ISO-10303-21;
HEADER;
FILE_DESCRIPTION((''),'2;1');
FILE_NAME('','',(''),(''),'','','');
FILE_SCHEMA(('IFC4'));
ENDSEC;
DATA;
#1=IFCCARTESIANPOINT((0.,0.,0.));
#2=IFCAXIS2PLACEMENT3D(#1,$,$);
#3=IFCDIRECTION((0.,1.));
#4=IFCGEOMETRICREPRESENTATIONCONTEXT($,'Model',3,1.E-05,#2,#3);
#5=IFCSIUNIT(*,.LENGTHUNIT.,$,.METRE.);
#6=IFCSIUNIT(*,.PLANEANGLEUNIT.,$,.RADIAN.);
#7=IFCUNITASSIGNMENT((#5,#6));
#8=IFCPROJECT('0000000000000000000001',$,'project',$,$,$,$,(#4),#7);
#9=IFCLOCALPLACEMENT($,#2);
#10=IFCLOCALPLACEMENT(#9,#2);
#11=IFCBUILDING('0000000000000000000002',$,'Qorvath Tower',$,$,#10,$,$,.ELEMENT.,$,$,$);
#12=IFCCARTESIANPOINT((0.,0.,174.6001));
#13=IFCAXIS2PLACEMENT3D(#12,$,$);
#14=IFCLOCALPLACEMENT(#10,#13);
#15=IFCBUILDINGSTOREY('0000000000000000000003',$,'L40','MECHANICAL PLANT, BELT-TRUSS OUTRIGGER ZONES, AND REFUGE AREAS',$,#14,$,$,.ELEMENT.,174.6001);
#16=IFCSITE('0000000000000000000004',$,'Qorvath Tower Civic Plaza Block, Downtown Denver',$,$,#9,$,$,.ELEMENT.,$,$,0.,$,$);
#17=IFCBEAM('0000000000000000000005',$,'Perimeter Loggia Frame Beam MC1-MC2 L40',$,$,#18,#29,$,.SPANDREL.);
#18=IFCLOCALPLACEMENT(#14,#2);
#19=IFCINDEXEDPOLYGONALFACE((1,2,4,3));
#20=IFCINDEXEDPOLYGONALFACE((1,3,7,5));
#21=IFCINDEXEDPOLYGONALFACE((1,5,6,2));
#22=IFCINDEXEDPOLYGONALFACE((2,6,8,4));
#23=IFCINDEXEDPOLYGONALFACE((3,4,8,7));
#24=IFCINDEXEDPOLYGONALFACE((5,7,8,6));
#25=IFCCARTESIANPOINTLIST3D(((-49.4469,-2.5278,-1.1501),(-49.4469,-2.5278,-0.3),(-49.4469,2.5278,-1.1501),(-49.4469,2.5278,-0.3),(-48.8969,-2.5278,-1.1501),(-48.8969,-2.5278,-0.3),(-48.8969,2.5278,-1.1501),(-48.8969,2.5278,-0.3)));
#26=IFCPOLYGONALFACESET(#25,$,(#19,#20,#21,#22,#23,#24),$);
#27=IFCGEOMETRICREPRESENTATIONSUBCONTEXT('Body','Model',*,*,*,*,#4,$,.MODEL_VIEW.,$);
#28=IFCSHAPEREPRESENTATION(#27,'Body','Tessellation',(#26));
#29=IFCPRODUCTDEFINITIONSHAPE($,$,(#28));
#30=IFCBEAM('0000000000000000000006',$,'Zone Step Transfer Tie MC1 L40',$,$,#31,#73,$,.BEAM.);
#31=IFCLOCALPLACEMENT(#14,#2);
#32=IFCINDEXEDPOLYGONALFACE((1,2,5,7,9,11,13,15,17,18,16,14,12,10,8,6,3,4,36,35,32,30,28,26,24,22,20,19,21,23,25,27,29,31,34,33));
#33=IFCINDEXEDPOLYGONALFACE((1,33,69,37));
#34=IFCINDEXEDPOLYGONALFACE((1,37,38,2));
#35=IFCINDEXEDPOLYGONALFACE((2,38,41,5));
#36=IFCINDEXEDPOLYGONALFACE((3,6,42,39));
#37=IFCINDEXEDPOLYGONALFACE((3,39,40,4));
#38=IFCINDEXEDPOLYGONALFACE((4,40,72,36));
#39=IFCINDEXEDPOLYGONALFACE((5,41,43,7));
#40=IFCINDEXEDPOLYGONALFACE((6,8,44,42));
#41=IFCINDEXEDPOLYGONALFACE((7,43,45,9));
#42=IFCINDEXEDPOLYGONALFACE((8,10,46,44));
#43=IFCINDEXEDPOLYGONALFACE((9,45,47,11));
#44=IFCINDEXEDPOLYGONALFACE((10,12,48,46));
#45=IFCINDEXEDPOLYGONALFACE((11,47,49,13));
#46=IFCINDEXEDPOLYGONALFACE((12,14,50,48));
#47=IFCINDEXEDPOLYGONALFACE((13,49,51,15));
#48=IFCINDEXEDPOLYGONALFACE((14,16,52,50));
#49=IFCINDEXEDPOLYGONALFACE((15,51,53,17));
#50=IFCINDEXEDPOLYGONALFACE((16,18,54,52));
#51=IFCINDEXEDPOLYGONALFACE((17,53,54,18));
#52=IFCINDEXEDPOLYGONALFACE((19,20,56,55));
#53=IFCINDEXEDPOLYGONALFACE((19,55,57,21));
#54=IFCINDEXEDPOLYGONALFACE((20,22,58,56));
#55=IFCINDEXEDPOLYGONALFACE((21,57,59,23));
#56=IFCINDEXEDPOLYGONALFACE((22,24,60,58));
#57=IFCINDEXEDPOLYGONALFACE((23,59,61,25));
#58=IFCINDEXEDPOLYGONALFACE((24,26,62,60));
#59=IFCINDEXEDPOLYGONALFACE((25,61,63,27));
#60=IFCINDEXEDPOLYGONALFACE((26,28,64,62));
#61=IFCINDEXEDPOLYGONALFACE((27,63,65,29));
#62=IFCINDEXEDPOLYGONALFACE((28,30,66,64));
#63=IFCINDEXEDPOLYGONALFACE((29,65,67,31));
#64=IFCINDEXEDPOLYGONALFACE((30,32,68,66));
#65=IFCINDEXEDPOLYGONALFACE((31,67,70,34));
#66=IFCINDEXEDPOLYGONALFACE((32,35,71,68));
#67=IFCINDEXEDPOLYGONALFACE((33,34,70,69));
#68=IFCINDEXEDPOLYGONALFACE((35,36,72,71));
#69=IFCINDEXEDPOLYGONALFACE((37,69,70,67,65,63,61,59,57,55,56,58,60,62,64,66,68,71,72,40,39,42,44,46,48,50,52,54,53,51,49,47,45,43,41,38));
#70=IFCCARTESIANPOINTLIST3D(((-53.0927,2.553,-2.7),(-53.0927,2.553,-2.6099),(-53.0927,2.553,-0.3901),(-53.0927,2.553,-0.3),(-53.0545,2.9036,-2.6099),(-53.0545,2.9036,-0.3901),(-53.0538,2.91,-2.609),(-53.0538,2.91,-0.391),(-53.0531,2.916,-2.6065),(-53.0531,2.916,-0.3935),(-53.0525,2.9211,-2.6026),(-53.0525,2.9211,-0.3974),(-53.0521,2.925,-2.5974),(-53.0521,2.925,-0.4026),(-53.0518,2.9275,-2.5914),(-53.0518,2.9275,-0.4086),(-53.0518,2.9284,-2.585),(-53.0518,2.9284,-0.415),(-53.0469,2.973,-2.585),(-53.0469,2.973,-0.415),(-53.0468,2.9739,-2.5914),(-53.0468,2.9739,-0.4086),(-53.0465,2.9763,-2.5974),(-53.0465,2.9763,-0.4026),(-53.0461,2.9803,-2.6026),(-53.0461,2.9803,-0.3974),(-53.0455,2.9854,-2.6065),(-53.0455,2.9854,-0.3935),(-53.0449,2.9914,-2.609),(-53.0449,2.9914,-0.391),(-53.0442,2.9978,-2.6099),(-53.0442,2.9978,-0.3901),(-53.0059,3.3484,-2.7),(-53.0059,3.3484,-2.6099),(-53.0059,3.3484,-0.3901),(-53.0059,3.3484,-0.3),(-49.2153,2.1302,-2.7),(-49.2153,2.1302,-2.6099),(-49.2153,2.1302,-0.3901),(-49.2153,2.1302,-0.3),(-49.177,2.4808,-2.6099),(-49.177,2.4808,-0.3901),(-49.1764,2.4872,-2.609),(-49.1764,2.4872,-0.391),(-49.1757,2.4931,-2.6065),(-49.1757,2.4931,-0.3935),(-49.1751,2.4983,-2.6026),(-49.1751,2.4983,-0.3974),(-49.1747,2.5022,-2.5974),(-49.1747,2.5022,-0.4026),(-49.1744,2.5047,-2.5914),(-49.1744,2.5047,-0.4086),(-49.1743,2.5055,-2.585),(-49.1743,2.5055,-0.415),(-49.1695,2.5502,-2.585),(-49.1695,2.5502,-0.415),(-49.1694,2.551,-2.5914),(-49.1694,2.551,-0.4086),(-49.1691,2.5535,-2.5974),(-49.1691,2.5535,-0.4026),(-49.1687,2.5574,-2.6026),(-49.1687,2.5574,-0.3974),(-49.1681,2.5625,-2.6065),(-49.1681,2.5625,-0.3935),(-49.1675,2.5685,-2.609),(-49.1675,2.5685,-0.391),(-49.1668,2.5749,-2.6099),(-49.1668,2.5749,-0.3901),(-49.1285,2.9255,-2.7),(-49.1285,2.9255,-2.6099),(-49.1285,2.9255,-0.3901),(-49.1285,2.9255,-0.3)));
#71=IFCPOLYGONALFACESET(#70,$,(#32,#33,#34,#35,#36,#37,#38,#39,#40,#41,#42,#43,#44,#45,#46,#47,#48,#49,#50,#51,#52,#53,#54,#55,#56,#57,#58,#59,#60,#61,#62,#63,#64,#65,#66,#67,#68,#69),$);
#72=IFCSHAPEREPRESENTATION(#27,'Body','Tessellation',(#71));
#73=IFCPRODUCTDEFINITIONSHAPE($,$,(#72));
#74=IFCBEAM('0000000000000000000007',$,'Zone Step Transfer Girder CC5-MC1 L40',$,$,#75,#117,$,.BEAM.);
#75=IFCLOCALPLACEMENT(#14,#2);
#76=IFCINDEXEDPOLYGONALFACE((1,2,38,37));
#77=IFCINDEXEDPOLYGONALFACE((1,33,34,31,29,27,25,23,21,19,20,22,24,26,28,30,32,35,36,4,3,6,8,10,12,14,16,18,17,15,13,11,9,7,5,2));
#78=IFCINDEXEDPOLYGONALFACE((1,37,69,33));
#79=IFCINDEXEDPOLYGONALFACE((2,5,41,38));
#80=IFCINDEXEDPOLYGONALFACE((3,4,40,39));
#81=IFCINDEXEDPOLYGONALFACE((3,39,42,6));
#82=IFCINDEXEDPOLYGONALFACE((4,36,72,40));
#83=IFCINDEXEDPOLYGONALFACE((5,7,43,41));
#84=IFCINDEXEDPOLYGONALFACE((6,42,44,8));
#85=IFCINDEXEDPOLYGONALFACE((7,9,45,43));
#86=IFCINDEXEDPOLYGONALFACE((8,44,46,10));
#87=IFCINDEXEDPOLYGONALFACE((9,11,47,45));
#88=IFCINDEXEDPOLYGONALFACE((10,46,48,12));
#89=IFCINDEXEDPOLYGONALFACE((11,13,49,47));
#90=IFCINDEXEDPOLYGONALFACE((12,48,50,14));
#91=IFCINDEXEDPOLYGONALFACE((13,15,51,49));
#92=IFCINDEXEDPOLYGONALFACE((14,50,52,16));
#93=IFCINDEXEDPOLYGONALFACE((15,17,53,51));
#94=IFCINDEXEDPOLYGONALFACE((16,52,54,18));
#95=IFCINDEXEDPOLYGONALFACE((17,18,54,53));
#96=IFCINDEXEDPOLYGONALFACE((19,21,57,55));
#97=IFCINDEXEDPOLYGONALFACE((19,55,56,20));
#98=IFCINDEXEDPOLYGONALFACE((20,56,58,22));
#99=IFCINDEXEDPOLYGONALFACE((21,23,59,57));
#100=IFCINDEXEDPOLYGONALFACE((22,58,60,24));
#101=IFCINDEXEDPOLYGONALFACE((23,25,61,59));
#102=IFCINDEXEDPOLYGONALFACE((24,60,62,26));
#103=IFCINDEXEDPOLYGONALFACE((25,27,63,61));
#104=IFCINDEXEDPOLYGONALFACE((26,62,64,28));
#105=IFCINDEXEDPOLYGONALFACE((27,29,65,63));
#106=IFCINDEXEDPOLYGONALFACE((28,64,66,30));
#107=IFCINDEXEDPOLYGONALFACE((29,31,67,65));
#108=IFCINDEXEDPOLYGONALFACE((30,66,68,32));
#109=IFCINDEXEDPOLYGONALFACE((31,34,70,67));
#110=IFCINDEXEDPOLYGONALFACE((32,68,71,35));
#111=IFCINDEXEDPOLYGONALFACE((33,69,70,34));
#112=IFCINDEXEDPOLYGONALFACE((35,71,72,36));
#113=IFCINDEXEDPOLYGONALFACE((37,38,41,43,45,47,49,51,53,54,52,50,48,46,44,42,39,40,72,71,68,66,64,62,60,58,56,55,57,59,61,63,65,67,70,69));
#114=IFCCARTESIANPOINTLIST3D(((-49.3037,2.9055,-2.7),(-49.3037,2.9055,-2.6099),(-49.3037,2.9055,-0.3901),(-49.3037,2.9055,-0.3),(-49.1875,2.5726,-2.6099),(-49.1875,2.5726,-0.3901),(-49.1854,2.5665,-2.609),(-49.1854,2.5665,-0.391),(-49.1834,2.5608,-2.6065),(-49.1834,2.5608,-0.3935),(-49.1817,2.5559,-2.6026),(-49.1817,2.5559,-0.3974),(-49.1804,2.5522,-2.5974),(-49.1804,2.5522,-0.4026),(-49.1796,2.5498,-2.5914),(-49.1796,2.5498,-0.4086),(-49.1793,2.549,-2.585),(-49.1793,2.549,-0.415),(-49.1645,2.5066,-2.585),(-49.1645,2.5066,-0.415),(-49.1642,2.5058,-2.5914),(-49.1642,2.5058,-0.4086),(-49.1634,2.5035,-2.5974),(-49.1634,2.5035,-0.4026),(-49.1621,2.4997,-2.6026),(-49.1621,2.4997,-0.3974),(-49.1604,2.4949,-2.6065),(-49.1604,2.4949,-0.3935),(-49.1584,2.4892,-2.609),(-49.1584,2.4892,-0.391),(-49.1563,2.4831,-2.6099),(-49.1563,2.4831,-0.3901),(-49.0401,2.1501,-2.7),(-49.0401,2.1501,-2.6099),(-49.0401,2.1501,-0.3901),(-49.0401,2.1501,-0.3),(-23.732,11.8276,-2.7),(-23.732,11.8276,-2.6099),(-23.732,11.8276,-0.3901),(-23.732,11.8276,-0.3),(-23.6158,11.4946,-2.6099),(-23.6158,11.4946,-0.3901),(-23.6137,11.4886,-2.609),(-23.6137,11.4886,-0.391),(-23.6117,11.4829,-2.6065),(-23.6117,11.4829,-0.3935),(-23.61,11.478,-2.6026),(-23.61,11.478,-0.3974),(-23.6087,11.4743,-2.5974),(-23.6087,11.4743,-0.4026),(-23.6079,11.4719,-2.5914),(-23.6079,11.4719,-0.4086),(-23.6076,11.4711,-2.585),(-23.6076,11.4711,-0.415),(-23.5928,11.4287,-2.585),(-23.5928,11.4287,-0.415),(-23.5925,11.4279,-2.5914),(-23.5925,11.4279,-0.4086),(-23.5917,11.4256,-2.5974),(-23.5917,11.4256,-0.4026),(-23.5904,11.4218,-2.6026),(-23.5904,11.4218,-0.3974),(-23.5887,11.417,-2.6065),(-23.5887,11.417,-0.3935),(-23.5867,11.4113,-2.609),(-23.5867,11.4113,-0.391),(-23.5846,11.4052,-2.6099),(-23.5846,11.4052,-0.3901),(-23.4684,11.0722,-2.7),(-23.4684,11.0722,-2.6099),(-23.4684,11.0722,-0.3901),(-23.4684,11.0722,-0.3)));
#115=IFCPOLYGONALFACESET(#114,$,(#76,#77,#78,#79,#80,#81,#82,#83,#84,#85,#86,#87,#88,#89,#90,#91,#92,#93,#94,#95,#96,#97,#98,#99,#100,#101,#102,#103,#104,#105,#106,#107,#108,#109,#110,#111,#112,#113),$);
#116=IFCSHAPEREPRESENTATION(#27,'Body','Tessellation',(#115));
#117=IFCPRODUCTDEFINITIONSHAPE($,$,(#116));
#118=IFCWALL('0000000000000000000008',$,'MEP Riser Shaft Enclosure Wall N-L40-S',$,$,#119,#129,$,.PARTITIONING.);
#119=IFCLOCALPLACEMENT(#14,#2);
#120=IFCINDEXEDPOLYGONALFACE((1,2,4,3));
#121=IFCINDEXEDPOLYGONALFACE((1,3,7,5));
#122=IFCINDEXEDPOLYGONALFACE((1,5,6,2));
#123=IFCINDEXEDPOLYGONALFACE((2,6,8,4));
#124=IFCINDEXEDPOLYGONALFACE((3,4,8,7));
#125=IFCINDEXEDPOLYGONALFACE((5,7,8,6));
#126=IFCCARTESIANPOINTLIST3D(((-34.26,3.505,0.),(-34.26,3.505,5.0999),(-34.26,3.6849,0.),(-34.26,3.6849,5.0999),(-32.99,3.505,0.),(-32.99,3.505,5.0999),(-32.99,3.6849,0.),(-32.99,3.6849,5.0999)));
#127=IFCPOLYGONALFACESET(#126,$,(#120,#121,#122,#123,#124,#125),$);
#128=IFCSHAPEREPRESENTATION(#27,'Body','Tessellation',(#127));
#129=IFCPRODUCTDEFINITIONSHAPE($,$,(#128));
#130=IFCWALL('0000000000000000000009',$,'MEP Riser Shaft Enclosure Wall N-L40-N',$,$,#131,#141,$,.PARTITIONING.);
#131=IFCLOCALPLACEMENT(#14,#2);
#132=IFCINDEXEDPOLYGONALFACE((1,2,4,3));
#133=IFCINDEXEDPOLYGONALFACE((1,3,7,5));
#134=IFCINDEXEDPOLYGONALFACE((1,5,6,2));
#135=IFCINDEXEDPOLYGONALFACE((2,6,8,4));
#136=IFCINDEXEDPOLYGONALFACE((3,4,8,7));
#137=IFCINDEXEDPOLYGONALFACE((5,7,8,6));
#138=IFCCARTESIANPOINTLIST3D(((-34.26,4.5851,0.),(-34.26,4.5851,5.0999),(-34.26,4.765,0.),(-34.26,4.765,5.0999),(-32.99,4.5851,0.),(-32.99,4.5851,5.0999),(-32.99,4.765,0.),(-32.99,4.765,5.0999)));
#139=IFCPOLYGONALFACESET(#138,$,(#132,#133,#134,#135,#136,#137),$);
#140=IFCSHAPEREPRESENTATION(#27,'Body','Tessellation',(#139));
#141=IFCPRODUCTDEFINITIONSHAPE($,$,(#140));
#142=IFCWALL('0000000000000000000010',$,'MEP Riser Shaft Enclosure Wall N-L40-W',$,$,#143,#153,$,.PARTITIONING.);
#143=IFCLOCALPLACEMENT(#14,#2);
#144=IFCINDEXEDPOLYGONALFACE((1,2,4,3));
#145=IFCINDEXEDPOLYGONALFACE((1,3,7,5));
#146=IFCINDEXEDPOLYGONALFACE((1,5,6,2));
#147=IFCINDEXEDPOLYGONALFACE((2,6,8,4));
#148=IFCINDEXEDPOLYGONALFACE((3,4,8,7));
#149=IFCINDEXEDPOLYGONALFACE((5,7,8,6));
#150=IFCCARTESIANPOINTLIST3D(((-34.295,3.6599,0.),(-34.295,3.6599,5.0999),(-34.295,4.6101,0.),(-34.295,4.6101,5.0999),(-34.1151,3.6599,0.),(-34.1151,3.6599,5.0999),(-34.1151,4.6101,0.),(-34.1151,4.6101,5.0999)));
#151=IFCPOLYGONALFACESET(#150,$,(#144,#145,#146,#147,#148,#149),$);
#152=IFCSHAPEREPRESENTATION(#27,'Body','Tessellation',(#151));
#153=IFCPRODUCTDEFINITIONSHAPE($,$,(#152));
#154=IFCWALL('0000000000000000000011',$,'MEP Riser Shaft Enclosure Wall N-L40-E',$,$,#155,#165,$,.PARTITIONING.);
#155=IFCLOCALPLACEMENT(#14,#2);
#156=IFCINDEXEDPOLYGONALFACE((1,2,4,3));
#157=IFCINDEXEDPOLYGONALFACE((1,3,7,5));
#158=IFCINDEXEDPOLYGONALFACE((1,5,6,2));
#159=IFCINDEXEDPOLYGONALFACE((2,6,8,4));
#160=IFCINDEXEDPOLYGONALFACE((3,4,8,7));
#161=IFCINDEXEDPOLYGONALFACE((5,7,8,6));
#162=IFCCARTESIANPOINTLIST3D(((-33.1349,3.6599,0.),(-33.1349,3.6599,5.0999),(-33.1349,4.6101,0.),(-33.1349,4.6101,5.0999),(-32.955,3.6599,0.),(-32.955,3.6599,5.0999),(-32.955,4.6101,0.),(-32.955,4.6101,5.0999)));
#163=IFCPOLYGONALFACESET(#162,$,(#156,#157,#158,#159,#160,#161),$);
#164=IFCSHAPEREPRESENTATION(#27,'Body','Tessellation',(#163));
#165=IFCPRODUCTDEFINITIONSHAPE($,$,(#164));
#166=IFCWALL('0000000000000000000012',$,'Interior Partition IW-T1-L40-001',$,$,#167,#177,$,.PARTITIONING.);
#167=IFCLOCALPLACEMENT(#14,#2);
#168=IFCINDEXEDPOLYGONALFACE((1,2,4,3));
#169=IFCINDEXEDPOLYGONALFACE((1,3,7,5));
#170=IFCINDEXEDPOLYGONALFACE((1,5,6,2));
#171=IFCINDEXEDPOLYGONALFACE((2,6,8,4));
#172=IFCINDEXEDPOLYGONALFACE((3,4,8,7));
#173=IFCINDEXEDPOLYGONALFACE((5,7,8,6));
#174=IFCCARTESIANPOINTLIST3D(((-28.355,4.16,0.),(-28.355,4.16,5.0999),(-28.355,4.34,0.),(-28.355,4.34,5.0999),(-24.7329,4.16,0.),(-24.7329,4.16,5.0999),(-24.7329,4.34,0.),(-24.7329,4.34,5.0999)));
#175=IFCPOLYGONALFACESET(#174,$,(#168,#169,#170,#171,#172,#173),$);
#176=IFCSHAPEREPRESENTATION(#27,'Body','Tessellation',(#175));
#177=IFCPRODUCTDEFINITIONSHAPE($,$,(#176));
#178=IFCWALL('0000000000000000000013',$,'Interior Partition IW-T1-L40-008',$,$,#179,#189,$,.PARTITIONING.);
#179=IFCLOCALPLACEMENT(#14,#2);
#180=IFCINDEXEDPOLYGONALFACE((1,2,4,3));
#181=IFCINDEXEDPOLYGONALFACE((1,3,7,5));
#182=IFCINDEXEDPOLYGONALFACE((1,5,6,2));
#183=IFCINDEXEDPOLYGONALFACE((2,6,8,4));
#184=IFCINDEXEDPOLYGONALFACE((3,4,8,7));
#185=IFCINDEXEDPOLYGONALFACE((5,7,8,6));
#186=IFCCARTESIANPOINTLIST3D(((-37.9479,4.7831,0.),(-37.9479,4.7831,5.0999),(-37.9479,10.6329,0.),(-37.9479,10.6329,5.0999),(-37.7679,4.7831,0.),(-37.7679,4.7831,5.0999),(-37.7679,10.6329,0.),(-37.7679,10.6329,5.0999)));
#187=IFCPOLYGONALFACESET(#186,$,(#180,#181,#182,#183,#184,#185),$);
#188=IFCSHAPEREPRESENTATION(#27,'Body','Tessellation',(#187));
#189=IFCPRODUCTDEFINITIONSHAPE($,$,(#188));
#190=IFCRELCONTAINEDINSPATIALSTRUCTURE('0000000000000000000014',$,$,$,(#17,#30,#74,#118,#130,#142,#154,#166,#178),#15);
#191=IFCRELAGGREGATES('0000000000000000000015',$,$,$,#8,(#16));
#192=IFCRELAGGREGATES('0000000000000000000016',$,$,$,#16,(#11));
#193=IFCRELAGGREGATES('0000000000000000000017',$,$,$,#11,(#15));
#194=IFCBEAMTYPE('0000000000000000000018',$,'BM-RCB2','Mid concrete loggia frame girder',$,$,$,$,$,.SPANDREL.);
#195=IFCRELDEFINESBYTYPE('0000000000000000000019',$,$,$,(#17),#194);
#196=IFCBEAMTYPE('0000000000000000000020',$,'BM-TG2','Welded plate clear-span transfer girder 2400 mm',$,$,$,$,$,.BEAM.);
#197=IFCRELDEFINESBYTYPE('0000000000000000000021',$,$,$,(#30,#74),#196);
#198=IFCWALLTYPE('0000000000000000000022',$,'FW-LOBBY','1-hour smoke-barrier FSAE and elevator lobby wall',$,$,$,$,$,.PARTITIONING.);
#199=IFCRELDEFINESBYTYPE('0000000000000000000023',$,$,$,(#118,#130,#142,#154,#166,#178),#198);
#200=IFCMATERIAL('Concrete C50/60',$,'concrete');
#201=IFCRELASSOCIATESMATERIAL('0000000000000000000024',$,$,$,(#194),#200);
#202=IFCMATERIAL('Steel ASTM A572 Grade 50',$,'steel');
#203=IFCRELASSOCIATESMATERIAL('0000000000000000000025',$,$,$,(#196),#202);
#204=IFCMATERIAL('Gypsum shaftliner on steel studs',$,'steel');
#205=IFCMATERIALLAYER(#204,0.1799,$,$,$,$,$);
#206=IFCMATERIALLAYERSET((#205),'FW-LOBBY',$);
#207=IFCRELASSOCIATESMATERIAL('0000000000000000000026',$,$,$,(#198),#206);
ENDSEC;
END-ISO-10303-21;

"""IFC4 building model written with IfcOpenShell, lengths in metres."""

from ifc_helpers import new_model, si_unit, direction, frame, frame_2d, origin, origin_2d, place, context, subcontext, project, spatial, rectangle, i_section, extrude, material, layer, layer_set, material_profile, profile_set, type_object, element, save


model = new_model("IFC4")

# Units and contexts
model_context = context("Model", 3, precision=1e-05, world=origin(), true_north=direction((0.0, 1.0)))
body_context = subcontext(model_context, "Body", "Model", "MODEL_VIEW")
ifc_project = project(units=[si_unit("LENGTHUNIT", "METRE"), si_unit("PLANEANGLEUNIT", "RADIAN")], contexts=[model_context])

# Site, building, storey
site_placement = place(None, origin())
site = spatial("IfcSite", under=ifc_project, at=site_placement, Name="Qorvath Tower Civic Plaza Block, Downtown Denver", CompositionType="ELEMENT", RefElevation=0.0)
building_placement = place(site_placement, origin())
building = spatial("IfcBuilding", under=site, at=building_placement, Name="Qorvath Tower", CompositionType="ELEMENT")
storey_placement = place(building_placement, frame((0.0, 0.0, 174.6001)))
storey = spatial("IfcBuildingStorey", under=building, at=storey_placement, Name="L40", Description="MECHANICAL PLANT, BELT-TRUSS OUTRIGGER ZONES, AND REFUGE AREAS", CompositionType="ELEMENT", Elevation=174.6001)

# Beams
ifc_material_1 = material(Name="Concrete C50/60", Category="concrete")
ifc_material_profile_1 = material_profile(ifc_material_1, rectangle(XDim=0.55, YDim=0.8501, at=origin_2d()), Name="RCB 850x550")
ifc_profile_set_1 = profile_set([ifc_material_profile_1], Name="Concrete C50/60")
beam_type_1 = type_object("IfcBeamType", Name="BM-RCB2", Description="Mid concrete loggia frame girder", PredefinedType="SPANDREL", material=ifc_profile_set_1)
beam_1_placement = place(storey_placement, frame((-49.1719, 2.5278, -0.7251), z_axis=(0.0, -1.0, 0.0), x_axis=(1.0, 0.0, 0.0)))
element("IfcBeam", 1, at=beam_1_placement, inside=storey, type_object=beam_type_1, Name="Perimeter Loggia Frame Beam MC1-MC2 L40", PredefinedType="SPANDREL", context=body_context, shape_type="SweptSolid", body=[
    extrude(rectangle(XDim=0.55, YDim=0.8501, at=origin_2d()), origin(), (0.0, 0.0, 1.0), 5.0557),
])
ifc_material_2 = material(Name="Steel ASTM A572 Grade 50", Category="steel")
ifc_material_profile_2 = material_profile(ifc_material_2, i_section(OverallWidth=0.8, OverallDepth=2.3999, WebThickness=0.0449, FlangeThickness=0.0901, FilletRadius=0.0249, at=origin_2d()), Name="WTG 2400x800")
ifc_profile_set_2 = profile_set([ifc_material_profile_2], Name="Steel ASTM A572 Grade 50")
beam_type_2 = type_object("IfcBeamType", Name="BM-TG2", Description="Welded plate clear-span transfer girder 2400 mm", PredefinedType="BEAM", material=ifc_profile_set_2)
beam_2_placement = place(storey_placement, frame((-53.0493, 2.9507, -1.5), z_axis=(0.994106, -0.108412, 0.0), x_axis=(0.108412, 0.994106, 0.0)))
element("IfcBeam", 2, at=beam_2_placement, inside=storey, type_object=beam_type_2, Name="Zone Step Transfer Tie MC1 L40", PredefinedType="BEAM", context=body_context, shape_type="SweptSolid", body=[
    extrude(i_section(OverallWidth=0.8, OverallDepth=2.3999, WebThickness=0.0449, FlangeThickness=0.0901, FilletRadius=0.0249, at=origin_2d()), origin(), (0.0, 0.0, 1.0), 3.9004),
])
beam_3_placement = place(storey_placement, frame((-49.1719, 2.5278, -1.5), z_axis=(0.94418, 0.329429, 0.0), x_axis=(-0.329429, 0.94418, 0.0)))
element("IfcBeam", 3, at=beam_3_placement, inside=storey, type_object=beam_type_2, Name="Zone Step Transfer Girder CC5-MC1 L40", PredefinedType="BEAM", context=body_context, shape_type="SweptSolid", body=[
    extrude(i_section(OverallWidth=0.8, OverallDepth=2.3999, WebThickness=0.0449, FlangeThickness=0.0901, FilletRadius=0.0249, at=origin_2d()), origin(), (0.0, 0.0, 1.0), 27.0835),
])

# Walls
ifc_material_3 = material(Name="Gypsum shaftliner on steel studs", Category="steel")
ifc_layer_1 = layer(ifc_material_3, 0.1799)
ifc_layer_set_1 = layer_set([ifc_layer_1], Name="FW-LOBBY")
wall_type_1 = type_object("IfcWallType", Name="FW-LOBBY", Description="1-hour smoke-barrier FSAE and elevator lobby wall", PredefinedType="PARTITIONING", material=ifc_layer_set_1)
for number, where, z_axis, x_axis, name in (
    (4, (-32.99, 3.595, 0.0), (0.0, 0.0, 1.0), (-1.0, 0.0, 0.0), "MEP Riser Shaft Enclosure Wall N-L40-S"),
    (5, (-34.26, 4.675, 0.0), (0.0, 0.0, 1.0), (1.0, 0.0, 0.0), "MEP Riser Shaft Enclosure Wall N-L40-N"),
):
    element("IfcWall", number, at=place(storey_placement, frame(where, z_axis=z_axis, x_axis=x_axis)), inside=storey, type_object=wall_type_1, Name=name, PredefinedType="PARTITIONING", context=body_context, shape_type="SweptSolid", body=[
        extrude(rectangle(XDim=1.27, YDim=0.1799, at=frame_2d((0.635, 0.0))), origin(), (0.0, 0.0, 1.0), 5.0999),
    ])
for number, where, z_axis, x_axis, name in (
    (6, (-34.2051, 3.6599, 0.0), (0.0, 0.0, 1.0), (0.0, 1.0, 0.0), "MEP Riser Shaft Enclosure Wall N-L40-W"),
    (7, (-33.0449, 4.6101, 0.0), (0.0, 0.0, 1.0), (0.0, -1.0, 0.0), "MEP Riser Shaft Enclosure Wall N-L40-E"),
):
    element("IfcWall", number, at=place(storey_placement, frame(where, z_axis=z_axis, x_axis=x_axis)), inside=storey, type_object=wall_type_1, Name=name, PredefinedType="PARTITIONING", context=body_context, shape_type="SweptSolid", body=[
        extrude(rectangle(XDim=0.9502, YDim=0.1799, at=frame_2d((0.4751, 0.0))), origin(), (0.0, 0.0, 1.0), 5.0999),
    ])
wall_1_placement = place(storey_placement, frame((-28.355, 4.25, 0.0), z_axis=(0.0, 0.0, 1.0), x_axis=(1.0, 0.0, 0.0)))
element("IfcWall", 8, at=wall_1_placement, inside=storey, type_object=wall_type_1, Name="Interior Partition IW-T1-L40-001", PredefinedType="PARTITIONING", context=body_context, shape_type="SweptSolid", body=[
    extrude(rectangle(XDim=3.6221, YDim=0.1799, at=frame_2d((1.811, 0.0))), origin(), (0.0, 0.0, 1.0), 5.0999),
])
wall_2_placement = place(storey_placement, frame((-37.8579, 4.7832, 0.0), z_axis=(0.0, 0.0, 1.0), x_axis=(0.0, 1.0, 0.0)))
element("IfcWall", 9, at=wall_2_placement, inside=storey, type_object=wall_type_1, Name="Interior Partition IW-T1-L40-008", PredefinedType="PARTITIONING", context=body_context, shape_type="SweptSolid", body=[
    extrude(rectangle(XDim=5.8499, YDim=0.1799, at=frame_2d((2.9248, 0.0))), origin(), (0.0, 0.0, 1.0), 5.0999),
])

save(model, "model.ifc")
